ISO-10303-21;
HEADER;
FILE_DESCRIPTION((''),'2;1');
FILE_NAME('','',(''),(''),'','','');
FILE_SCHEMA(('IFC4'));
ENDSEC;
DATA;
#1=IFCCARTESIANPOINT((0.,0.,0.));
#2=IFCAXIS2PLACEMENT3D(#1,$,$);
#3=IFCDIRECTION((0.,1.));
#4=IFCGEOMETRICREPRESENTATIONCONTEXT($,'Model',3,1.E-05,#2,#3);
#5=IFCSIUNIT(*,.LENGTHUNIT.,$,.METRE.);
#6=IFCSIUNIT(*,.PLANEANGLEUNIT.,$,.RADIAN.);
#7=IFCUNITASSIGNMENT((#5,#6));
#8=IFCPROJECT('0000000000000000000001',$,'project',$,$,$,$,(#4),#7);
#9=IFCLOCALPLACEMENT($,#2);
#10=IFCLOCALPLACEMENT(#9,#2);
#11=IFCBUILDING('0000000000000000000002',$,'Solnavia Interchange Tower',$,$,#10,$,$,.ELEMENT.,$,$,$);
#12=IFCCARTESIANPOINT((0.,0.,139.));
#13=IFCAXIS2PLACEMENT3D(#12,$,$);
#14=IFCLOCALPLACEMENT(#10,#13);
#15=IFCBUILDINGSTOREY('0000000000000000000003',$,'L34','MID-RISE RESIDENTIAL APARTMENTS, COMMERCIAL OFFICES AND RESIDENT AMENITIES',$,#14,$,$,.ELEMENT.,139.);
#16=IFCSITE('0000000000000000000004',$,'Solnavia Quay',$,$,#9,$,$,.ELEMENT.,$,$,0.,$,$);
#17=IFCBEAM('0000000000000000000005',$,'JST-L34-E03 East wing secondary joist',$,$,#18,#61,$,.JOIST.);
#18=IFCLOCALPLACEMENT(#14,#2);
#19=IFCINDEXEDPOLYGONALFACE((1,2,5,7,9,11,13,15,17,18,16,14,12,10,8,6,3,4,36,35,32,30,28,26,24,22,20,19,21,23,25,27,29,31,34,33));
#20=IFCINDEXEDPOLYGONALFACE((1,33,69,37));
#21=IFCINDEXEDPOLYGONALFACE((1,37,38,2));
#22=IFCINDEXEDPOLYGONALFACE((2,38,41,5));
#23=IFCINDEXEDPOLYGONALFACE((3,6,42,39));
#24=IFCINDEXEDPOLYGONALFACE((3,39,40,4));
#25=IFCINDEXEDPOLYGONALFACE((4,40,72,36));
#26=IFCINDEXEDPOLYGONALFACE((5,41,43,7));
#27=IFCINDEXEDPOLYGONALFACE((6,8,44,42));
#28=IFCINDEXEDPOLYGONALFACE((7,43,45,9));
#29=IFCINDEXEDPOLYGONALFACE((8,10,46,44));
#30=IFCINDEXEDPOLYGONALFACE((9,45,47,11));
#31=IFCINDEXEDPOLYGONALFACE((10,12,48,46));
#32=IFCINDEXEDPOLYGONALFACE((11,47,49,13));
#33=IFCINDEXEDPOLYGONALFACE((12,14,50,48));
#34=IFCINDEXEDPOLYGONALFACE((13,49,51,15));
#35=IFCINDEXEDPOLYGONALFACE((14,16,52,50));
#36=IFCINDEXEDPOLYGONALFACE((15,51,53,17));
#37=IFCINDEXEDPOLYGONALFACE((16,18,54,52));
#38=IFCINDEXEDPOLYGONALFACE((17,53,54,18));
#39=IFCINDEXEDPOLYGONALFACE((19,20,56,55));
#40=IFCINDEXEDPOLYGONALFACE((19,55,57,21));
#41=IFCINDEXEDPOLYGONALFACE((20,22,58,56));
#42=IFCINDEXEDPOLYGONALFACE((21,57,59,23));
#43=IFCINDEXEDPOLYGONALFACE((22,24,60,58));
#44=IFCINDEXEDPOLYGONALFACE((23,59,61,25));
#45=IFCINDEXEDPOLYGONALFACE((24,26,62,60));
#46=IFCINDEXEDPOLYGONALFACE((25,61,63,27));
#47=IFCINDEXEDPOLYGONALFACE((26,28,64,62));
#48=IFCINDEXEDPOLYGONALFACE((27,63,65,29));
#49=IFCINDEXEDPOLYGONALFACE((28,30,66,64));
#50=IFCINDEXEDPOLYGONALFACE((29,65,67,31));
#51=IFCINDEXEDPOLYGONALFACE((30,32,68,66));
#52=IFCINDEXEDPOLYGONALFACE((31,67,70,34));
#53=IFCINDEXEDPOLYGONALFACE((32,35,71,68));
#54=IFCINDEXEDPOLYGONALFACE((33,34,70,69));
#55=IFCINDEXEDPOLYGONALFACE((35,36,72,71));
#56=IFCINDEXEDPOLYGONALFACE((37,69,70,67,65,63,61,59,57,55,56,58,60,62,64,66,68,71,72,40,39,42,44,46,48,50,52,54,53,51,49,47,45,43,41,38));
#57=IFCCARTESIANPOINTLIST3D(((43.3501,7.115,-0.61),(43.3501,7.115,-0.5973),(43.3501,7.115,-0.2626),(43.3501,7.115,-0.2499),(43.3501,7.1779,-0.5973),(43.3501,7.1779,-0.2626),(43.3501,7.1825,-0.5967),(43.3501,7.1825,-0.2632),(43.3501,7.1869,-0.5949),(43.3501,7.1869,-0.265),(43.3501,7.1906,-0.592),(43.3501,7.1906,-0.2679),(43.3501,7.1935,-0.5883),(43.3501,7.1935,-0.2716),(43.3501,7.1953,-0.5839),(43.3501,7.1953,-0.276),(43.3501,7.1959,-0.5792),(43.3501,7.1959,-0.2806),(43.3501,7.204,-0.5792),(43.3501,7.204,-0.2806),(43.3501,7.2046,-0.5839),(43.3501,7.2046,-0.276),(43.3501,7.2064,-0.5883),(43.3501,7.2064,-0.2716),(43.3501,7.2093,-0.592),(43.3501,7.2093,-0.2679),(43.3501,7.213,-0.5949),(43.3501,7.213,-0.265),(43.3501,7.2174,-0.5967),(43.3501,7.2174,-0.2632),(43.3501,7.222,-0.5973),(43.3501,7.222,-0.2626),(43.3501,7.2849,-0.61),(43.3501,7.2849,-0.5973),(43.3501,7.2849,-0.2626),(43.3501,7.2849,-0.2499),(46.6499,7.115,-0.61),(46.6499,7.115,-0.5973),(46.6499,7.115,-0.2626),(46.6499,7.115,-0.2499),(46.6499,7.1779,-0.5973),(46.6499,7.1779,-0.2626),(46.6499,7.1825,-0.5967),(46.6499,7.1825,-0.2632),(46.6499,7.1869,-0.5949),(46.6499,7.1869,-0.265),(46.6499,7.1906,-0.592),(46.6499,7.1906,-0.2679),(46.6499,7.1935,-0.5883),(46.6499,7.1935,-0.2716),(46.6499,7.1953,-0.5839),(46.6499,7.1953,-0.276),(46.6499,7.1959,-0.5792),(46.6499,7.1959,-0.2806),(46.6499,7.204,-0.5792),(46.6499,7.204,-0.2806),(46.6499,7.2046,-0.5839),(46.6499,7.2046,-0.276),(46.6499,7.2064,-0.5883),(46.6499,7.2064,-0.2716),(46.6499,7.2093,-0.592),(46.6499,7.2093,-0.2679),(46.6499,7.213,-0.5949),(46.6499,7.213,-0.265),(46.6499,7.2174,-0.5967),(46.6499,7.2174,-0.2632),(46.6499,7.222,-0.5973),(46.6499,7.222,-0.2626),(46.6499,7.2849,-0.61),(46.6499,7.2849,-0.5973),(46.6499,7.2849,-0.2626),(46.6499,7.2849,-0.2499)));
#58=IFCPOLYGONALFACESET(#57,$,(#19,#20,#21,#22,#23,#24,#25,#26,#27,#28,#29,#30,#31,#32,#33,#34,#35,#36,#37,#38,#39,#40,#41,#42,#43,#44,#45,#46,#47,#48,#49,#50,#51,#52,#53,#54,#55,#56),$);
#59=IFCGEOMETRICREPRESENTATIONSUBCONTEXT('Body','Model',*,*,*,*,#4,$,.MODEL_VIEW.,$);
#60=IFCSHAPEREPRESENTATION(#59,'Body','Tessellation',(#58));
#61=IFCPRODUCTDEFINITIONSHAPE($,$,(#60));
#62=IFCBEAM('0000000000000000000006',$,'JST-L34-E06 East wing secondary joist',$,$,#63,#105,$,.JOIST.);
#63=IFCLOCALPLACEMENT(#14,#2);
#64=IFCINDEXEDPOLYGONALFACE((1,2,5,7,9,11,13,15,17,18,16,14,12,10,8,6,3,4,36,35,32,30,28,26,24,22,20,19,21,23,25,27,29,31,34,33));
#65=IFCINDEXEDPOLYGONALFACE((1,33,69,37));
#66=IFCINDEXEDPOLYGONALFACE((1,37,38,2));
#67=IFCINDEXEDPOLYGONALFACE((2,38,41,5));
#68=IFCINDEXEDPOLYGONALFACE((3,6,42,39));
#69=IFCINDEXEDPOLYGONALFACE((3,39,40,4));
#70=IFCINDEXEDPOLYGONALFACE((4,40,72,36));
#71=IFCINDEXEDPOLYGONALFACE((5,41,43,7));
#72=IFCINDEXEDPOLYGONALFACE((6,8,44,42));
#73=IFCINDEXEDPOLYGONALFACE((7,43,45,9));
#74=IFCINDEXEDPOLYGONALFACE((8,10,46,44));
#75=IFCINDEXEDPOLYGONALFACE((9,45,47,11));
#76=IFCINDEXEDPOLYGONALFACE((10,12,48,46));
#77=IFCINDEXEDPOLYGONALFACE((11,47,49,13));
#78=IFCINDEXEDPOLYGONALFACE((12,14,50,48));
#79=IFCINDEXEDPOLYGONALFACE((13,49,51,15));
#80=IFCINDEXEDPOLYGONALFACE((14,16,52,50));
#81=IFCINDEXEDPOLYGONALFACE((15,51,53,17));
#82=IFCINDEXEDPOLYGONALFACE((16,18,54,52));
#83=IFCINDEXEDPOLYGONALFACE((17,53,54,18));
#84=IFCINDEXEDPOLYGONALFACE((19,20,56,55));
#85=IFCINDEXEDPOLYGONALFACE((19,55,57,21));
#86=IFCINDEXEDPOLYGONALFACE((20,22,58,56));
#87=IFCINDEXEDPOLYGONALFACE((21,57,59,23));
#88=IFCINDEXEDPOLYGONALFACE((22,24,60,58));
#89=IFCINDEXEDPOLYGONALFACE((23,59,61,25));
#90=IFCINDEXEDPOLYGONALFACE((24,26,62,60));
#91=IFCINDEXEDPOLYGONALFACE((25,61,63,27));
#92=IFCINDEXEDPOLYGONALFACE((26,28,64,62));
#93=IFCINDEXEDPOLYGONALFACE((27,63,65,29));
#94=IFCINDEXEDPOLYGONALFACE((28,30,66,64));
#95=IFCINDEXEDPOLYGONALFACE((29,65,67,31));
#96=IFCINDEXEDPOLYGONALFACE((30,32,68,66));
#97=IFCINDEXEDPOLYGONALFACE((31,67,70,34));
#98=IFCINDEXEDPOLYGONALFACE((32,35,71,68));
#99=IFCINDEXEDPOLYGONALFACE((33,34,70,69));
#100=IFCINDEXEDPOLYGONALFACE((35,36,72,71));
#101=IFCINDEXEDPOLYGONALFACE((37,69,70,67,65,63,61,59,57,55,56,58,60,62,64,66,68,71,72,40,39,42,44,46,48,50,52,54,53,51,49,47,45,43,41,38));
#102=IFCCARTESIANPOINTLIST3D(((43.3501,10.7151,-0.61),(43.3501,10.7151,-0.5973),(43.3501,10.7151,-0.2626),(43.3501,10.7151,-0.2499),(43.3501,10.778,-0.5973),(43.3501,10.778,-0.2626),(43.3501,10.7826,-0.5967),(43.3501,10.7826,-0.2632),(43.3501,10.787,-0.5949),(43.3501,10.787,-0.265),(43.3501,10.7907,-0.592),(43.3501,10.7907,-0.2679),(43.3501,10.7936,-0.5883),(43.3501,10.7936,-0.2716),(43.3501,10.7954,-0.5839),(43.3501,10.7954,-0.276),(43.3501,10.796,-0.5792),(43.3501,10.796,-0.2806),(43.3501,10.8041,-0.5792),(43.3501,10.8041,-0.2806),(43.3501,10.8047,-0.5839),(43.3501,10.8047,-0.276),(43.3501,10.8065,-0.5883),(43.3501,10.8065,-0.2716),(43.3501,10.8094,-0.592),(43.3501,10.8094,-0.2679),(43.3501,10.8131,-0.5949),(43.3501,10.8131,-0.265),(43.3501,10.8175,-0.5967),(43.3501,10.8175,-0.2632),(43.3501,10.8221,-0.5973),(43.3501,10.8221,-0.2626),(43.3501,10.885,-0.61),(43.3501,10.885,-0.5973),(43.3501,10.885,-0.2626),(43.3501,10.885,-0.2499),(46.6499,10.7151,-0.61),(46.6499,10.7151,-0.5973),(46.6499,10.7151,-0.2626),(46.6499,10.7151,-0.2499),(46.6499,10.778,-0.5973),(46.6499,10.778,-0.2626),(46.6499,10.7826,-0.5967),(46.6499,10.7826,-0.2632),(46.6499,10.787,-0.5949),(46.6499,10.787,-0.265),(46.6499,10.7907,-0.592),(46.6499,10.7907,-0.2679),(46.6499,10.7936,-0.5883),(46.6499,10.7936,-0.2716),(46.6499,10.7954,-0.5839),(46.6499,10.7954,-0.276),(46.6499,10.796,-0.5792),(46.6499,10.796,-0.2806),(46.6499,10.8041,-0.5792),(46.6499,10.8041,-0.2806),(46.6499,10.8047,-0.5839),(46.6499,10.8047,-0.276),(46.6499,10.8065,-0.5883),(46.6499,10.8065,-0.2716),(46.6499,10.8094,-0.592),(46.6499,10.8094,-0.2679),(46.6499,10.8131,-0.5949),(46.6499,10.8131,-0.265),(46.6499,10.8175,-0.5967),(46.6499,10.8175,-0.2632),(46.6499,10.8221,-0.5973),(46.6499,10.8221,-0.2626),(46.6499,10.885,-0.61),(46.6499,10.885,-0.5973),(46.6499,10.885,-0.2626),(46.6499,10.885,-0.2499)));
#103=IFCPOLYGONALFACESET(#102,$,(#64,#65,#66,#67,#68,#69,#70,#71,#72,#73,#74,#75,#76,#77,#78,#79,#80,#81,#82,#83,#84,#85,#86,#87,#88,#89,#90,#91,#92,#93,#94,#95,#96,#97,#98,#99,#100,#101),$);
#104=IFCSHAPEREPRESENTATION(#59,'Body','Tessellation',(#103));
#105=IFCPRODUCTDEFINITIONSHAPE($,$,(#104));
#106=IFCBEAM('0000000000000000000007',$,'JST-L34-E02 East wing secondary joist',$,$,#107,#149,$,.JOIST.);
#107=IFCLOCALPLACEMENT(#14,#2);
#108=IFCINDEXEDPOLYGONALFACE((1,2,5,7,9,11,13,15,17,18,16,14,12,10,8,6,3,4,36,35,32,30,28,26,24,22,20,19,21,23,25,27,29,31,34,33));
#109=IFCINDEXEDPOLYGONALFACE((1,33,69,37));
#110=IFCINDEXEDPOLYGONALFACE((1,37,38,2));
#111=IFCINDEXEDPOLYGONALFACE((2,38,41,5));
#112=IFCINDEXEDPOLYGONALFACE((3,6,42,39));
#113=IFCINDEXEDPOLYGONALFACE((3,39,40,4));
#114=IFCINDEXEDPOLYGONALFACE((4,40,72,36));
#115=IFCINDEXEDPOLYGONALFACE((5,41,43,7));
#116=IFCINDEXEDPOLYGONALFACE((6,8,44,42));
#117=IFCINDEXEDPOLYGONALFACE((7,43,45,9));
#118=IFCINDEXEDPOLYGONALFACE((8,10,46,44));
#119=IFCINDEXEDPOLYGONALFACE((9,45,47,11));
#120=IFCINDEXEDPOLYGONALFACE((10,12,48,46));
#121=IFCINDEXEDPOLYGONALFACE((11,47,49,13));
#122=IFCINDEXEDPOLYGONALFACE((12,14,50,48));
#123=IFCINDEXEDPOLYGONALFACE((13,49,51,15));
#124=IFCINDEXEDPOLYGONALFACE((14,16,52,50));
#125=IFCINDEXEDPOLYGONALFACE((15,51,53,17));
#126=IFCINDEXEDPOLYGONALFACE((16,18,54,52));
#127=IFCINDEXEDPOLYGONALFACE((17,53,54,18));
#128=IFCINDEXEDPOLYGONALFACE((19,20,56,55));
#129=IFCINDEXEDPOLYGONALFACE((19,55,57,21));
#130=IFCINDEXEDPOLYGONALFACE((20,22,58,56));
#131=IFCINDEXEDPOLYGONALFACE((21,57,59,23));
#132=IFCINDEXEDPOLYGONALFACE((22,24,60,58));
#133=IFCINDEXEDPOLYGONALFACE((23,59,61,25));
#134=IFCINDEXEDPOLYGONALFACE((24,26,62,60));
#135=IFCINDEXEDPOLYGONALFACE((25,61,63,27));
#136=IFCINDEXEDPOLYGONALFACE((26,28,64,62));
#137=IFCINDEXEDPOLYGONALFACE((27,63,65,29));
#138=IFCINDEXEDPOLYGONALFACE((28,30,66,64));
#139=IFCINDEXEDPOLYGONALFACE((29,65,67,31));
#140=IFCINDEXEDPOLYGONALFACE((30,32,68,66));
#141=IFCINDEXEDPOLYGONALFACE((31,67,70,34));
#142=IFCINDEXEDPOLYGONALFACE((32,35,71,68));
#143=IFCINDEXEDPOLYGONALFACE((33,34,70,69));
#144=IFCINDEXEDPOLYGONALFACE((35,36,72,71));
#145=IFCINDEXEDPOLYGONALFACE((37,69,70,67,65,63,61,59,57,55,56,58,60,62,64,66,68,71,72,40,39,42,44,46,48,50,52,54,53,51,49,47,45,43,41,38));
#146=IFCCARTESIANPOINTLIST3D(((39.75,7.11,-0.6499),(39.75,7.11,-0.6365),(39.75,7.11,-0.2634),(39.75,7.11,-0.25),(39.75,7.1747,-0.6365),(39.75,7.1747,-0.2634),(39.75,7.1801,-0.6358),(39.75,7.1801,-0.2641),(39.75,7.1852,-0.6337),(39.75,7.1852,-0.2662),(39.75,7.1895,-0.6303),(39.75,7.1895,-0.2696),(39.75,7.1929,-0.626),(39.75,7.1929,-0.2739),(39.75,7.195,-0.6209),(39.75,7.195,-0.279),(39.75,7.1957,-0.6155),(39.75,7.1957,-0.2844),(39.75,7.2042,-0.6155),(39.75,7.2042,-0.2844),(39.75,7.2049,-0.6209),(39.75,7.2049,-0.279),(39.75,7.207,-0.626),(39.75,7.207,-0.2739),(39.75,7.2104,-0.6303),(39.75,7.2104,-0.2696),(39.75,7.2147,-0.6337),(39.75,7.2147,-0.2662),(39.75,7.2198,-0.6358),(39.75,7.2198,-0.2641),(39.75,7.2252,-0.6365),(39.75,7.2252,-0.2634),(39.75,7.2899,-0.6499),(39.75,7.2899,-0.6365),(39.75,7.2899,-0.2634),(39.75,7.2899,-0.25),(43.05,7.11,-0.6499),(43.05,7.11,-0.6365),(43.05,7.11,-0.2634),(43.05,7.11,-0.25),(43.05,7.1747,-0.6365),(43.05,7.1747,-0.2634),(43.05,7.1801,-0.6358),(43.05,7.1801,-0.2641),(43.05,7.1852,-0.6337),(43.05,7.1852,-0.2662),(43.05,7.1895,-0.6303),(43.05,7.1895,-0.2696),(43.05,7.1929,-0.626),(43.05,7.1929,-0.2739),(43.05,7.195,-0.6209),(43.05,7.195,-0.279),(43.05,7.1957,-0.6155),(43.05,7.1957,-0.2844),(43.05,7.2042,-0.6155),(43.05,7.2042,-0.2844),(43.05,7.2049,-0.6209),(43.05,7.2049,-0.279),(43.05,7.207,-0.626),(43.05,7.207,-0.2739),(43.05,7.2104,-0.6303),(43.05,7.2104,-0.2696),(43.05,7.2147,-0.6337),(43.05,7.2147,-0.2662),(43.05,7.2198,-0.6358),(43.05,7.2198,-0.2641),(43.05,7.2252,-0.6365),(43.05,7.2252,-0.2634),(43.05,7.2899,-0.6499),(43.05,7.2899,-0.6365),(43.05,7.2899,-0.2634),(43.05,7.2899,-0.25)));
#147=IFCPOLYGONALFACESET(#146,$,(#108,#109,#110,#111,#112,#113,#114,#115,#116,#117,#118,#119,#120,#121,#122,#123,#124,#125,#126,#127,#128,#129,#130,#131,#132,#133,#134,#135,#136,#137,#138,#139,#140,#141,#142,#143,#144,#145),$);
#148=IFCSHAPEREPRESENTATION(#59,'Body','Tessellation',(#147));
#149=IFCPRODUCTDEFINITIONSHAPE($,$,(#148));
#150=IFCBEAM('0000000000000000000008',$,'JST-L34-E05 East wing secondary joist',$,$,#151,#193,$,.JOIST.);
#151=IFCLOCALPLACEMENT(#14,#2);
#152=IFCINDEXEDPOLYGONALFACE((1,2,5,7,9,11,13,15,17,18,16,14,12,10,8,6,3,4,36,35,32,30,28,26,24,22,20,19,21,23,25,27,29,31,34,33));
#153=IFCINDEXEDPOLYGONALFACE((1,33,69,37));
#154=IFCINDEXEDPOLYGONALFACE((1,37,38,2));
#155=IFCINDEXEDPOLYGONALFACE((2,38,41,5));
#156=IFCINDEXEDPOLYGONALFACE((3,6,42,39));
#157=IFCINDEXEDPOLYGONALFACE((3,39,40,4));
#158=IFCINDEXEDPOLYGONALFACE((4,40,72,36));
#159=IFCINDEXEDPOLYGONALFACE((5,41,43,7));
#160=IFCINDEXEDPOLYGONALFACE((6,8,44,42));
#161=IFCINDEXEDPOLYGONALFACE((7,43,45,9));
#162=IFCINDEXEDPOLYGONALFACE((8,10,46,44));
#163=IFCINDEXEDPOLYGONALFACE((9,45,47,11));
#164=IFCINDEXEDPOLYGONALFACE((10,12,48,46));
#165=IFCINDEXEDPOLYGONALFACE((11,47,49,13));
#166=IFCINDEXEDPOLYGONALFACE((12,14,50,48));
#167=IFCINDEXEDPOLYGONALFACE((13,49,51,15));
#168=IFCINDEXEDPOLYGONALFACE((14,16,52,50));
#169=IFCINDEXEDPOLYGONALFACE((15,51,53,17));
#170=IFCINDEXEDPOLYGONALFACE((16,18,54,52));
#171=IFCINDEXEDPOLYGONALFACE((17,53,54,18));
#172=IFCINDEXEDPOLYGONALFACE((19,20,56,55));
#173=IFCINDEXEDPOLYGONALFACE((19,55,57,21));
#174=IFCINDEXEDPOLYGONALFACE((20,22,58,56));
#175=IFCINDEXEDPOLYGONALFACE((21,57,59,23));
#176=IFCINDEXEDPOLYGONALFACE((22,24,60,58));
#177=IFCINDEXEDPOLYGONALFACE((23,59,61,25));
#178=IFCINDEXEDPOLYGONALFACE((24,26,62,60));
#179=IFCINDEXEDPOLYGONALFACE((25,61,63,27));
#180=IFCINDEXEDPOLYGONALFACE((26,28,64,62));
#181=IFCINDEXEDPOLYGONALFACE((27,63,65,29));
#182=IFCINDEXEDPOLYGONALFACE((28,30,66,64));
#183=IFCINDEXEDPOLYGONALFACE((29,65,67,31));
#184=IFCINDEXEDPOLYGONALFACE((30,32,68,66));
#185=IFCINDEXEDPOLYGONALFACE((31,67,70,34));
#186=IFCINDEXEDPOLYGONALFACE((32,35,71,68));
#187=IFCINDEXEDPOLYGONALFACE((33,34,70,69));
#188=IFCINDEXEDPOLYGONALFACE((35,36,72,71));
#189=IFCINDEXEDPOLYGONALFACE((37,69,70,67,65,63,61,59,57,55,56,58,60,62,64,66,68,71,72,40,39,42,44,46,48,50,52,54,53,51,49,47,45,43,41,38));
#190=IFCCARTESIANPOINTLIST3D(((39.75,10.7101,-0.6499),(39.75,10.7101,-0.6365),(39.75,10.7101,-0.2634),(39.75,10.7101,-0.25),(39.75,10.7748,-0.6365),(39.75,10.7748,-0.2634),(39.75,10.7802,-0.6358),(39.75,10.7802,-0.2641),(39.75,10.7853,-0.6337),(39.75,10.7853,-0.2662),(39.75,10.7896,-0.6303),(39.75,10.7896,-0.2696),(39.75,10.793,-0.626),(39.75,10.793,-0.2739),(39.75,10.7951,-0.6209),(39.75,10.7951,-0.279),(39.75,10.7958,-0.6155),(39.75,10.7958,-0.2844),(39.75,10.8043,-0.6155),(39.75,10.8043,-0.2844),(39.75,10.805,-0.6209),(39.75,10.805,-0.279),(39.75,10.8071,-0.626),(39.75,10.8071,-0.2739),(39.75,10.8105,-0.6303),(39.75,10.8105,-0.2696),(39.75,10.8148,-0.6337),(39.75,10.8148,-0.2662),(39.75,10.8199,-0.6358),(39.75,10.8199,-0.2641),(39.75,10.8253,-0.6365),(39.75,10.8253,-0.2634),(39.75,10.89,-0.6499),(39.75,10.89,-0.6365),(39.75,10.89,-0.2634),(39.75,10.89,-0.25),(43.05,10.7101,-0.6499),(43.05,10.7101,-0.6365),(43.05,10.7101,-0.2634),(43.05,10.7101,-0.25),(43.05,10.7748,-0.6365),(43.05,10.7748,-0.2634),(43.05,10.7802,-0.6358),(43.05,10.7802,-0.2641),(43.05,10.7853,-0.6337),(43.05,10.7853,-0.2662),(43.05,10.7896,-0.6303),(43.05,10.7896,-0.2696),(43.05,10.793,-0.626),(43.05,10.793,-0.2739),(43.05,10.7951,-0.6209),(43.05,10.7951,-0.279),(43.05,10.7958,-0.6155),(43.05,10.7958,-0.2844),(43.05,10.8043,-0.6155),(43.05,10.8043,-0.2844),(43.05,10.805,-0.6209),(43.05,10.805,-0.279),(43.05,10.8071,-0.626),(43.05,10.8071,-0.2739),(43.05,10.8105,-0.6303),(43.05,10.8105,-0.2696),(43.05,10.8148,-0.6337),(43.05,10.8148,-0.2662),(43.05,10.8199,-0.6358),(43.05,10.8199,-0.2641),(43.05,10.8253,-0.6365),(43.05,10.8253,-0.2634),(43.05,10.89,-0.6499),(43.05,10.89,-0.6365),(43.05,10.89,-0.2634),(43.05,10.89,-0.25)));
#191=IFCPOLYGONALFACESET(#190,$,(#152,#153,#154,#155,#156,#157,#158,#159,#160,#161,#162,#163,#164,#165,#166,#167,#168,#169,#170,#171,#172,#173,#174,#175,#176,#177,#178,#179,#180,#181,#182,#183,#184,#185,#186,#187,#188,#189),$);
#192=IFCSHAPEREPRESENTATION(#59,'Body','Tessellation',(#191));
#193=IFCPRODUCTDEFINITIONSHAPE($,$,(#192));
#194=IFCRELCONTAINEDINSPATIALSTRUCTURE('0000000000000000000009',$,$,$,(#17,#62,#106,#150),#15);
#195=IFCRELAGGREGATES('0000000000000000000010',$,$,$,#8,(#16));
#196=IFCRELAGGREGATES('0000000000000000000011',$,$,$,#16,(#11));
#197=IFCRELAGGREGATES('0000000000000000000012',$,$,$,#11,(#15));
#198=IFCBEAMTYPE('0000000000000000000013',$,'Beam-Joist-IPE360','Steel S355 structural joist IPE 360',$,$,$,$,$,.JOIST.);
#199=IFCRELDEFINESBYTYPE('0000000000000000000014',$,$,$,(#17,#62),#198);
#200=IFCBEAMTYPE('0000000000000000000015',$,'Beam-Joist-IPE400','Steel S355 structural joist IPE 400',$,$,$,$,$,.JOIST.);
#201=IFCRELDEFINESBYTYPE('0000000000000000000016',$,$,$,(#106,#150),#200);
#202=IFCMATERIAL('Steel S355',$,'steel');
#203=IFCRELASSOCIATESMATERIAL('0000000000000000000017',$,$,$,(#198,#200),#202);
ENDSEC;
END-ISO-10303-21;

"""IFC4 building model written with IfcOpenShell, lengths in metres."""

from ifc_helpers import new_model, si_unit, direction, frame, origin, origin_2d, place, context, subcontext, project, spatial, i_section, extrude, material, material_profile, profile_set, type_object, element, save


model = new_model("IFC4")

# Units and contexts
model_context = context("Model", 3, precision=1e-05, world=origin(), true_north=direction((0.0, 1.0)))
body_context = subcontext(model_context, "Body", "Model", "MODEL_VIEW")
ifc_project = project(units=[si_unit("LENGTHUNIT", "METRE"), si_unit("PLANEANGLEUNIT", "RADIAN")], contexts=[model_context])

# Site, building, storey
site_placement = place(None, origin())
site = spatial("IfcSite", under=ifc_project, at=site_placement, Name="Solnavia Quay", CompositionType="ELEMENT", RefElevation=0.0)
building_placement = place(site_placement, origin())
building = spatial("IfcBuilding", under=site, at=building_placement, Name="Solnavia Interchange Tower", CompositionType="ELEMENT")
storey_placement = place(building_placement, frame((0.0, 0.0, 139.0)))
storey = spatial("IfcBuildingStorey", under=building, at=storey_placement, Name="L34", Description="MID-RISE RESIDENTIAL APARTMENTS, COMMERCIAL OFFICES AND RESIDENT AMENITIES", CompositionType="ELEMENT", Elevation=139.0)

# Shared definitions
ifc_material_1 = material(Name="Steel S355", Category="steel")

# Beams
ifc_material_profile_1 = material_profile(ifc_material_1, i_section(OverallWidth=0.1699, OverallDepth=0.3601, WebThickness=0.0081, FlangeThickness=0.0127, FilletRadius=0.0181, at=origin_2d()), Name="IPE 360")
ifc_profile_set_1 = profile_set([ifc_material_profile_1], Name="Steel S355")
beam_type_1 = type_object("IfcBeamType", Name="Beam-Joist-IPE360", Description="Steel S355 structural joist IPE 360", PredefinedType="JOIST", material=ifc_profile_set_1)
for number, where, z_axis, x_axis, name in (
    (1, (43.3501, 7.2, -0.4299), (1.0, 0.0, 0.0), (0.0, 1.0, 0.0), "JST-L34-E03 East wing secondary joist"),
    (2, (43.3501, 10.8, -0.4299), (1.0, 0.0, 0.0), (0.0, 1.0, 0.0), "JST-L34-E06 East wing secondary joist"),
):
    element("IfcBeam", number, at=place(storey_placement, frame(where, z_axis=z_axis, x_axis=x_axis)), inside=storey, type_object=beam_type_1, Name=name, PredefinedType="JOIST", context=body_context, shape_type="SweptSolid", body=[
        extrude(i_section(OverallWidth=0.1699, OverallDepth=0.3601, WebThickness=0.0081, FlangeThickness=0.0127, FilletRadius=0.0181, at=origin_2d()), origin(), (0.0, 0.0, 1.0), 3.2998),
    ])
ifc_material_profile_2 = material_profile(ifc_material_1, i_section(OverallWidth=0.1799, OverallDepth=0.3999, WebThickness=0.0085, FlangeThickness=0.0134, FilletRadius=0.021, at=origin_2d()), Name="IPE 400")
ifc_profile_set_2 = profile_set([ifc_material_profile_2], Name="Steel S355")
beam_type_2 = type_object("IfcBeamType", Name="Beam-Joist-IPE400", Description="Steel S355 structural joist IPE 400", PredefinedType="JOIST", material=ifc_profile_set_2)
for number, where, z_axis, x_axis, name in (
    (3, (39.75, 7.2, -0.45), (1.0, 0.0, 0.0), (0.0, 1.0, 0.0), "JST-L34-E02 East wing secondary joist"),
    (4, (39.75, 10.8, -0.45), (1.0, 0.0, 0.0), (0.0, 1.0, 0.0), "JST-L34-E05 East wing secondary joist"),
):
    element("IfcBeam", number, at=place(storey_placement, frame(where, z_axis=z_axis, x_axis=x_axis)), inside=storey, type_object=beam_type_2, Name=name, PredefinedType="JOIST", context=body_context, shape_type="SweptSolid", body=[
        extrude(i_section(OverallWidth=0.1799, OverallDepth=0.3999, WebThickness=0.0085, FlangeThickness=0.0134, FilletRadius=0.021, at=origin_2d()), origin(), (0.0, 0.0, 1.0), 3.3),
    ])

save(model, "model.ifc")
